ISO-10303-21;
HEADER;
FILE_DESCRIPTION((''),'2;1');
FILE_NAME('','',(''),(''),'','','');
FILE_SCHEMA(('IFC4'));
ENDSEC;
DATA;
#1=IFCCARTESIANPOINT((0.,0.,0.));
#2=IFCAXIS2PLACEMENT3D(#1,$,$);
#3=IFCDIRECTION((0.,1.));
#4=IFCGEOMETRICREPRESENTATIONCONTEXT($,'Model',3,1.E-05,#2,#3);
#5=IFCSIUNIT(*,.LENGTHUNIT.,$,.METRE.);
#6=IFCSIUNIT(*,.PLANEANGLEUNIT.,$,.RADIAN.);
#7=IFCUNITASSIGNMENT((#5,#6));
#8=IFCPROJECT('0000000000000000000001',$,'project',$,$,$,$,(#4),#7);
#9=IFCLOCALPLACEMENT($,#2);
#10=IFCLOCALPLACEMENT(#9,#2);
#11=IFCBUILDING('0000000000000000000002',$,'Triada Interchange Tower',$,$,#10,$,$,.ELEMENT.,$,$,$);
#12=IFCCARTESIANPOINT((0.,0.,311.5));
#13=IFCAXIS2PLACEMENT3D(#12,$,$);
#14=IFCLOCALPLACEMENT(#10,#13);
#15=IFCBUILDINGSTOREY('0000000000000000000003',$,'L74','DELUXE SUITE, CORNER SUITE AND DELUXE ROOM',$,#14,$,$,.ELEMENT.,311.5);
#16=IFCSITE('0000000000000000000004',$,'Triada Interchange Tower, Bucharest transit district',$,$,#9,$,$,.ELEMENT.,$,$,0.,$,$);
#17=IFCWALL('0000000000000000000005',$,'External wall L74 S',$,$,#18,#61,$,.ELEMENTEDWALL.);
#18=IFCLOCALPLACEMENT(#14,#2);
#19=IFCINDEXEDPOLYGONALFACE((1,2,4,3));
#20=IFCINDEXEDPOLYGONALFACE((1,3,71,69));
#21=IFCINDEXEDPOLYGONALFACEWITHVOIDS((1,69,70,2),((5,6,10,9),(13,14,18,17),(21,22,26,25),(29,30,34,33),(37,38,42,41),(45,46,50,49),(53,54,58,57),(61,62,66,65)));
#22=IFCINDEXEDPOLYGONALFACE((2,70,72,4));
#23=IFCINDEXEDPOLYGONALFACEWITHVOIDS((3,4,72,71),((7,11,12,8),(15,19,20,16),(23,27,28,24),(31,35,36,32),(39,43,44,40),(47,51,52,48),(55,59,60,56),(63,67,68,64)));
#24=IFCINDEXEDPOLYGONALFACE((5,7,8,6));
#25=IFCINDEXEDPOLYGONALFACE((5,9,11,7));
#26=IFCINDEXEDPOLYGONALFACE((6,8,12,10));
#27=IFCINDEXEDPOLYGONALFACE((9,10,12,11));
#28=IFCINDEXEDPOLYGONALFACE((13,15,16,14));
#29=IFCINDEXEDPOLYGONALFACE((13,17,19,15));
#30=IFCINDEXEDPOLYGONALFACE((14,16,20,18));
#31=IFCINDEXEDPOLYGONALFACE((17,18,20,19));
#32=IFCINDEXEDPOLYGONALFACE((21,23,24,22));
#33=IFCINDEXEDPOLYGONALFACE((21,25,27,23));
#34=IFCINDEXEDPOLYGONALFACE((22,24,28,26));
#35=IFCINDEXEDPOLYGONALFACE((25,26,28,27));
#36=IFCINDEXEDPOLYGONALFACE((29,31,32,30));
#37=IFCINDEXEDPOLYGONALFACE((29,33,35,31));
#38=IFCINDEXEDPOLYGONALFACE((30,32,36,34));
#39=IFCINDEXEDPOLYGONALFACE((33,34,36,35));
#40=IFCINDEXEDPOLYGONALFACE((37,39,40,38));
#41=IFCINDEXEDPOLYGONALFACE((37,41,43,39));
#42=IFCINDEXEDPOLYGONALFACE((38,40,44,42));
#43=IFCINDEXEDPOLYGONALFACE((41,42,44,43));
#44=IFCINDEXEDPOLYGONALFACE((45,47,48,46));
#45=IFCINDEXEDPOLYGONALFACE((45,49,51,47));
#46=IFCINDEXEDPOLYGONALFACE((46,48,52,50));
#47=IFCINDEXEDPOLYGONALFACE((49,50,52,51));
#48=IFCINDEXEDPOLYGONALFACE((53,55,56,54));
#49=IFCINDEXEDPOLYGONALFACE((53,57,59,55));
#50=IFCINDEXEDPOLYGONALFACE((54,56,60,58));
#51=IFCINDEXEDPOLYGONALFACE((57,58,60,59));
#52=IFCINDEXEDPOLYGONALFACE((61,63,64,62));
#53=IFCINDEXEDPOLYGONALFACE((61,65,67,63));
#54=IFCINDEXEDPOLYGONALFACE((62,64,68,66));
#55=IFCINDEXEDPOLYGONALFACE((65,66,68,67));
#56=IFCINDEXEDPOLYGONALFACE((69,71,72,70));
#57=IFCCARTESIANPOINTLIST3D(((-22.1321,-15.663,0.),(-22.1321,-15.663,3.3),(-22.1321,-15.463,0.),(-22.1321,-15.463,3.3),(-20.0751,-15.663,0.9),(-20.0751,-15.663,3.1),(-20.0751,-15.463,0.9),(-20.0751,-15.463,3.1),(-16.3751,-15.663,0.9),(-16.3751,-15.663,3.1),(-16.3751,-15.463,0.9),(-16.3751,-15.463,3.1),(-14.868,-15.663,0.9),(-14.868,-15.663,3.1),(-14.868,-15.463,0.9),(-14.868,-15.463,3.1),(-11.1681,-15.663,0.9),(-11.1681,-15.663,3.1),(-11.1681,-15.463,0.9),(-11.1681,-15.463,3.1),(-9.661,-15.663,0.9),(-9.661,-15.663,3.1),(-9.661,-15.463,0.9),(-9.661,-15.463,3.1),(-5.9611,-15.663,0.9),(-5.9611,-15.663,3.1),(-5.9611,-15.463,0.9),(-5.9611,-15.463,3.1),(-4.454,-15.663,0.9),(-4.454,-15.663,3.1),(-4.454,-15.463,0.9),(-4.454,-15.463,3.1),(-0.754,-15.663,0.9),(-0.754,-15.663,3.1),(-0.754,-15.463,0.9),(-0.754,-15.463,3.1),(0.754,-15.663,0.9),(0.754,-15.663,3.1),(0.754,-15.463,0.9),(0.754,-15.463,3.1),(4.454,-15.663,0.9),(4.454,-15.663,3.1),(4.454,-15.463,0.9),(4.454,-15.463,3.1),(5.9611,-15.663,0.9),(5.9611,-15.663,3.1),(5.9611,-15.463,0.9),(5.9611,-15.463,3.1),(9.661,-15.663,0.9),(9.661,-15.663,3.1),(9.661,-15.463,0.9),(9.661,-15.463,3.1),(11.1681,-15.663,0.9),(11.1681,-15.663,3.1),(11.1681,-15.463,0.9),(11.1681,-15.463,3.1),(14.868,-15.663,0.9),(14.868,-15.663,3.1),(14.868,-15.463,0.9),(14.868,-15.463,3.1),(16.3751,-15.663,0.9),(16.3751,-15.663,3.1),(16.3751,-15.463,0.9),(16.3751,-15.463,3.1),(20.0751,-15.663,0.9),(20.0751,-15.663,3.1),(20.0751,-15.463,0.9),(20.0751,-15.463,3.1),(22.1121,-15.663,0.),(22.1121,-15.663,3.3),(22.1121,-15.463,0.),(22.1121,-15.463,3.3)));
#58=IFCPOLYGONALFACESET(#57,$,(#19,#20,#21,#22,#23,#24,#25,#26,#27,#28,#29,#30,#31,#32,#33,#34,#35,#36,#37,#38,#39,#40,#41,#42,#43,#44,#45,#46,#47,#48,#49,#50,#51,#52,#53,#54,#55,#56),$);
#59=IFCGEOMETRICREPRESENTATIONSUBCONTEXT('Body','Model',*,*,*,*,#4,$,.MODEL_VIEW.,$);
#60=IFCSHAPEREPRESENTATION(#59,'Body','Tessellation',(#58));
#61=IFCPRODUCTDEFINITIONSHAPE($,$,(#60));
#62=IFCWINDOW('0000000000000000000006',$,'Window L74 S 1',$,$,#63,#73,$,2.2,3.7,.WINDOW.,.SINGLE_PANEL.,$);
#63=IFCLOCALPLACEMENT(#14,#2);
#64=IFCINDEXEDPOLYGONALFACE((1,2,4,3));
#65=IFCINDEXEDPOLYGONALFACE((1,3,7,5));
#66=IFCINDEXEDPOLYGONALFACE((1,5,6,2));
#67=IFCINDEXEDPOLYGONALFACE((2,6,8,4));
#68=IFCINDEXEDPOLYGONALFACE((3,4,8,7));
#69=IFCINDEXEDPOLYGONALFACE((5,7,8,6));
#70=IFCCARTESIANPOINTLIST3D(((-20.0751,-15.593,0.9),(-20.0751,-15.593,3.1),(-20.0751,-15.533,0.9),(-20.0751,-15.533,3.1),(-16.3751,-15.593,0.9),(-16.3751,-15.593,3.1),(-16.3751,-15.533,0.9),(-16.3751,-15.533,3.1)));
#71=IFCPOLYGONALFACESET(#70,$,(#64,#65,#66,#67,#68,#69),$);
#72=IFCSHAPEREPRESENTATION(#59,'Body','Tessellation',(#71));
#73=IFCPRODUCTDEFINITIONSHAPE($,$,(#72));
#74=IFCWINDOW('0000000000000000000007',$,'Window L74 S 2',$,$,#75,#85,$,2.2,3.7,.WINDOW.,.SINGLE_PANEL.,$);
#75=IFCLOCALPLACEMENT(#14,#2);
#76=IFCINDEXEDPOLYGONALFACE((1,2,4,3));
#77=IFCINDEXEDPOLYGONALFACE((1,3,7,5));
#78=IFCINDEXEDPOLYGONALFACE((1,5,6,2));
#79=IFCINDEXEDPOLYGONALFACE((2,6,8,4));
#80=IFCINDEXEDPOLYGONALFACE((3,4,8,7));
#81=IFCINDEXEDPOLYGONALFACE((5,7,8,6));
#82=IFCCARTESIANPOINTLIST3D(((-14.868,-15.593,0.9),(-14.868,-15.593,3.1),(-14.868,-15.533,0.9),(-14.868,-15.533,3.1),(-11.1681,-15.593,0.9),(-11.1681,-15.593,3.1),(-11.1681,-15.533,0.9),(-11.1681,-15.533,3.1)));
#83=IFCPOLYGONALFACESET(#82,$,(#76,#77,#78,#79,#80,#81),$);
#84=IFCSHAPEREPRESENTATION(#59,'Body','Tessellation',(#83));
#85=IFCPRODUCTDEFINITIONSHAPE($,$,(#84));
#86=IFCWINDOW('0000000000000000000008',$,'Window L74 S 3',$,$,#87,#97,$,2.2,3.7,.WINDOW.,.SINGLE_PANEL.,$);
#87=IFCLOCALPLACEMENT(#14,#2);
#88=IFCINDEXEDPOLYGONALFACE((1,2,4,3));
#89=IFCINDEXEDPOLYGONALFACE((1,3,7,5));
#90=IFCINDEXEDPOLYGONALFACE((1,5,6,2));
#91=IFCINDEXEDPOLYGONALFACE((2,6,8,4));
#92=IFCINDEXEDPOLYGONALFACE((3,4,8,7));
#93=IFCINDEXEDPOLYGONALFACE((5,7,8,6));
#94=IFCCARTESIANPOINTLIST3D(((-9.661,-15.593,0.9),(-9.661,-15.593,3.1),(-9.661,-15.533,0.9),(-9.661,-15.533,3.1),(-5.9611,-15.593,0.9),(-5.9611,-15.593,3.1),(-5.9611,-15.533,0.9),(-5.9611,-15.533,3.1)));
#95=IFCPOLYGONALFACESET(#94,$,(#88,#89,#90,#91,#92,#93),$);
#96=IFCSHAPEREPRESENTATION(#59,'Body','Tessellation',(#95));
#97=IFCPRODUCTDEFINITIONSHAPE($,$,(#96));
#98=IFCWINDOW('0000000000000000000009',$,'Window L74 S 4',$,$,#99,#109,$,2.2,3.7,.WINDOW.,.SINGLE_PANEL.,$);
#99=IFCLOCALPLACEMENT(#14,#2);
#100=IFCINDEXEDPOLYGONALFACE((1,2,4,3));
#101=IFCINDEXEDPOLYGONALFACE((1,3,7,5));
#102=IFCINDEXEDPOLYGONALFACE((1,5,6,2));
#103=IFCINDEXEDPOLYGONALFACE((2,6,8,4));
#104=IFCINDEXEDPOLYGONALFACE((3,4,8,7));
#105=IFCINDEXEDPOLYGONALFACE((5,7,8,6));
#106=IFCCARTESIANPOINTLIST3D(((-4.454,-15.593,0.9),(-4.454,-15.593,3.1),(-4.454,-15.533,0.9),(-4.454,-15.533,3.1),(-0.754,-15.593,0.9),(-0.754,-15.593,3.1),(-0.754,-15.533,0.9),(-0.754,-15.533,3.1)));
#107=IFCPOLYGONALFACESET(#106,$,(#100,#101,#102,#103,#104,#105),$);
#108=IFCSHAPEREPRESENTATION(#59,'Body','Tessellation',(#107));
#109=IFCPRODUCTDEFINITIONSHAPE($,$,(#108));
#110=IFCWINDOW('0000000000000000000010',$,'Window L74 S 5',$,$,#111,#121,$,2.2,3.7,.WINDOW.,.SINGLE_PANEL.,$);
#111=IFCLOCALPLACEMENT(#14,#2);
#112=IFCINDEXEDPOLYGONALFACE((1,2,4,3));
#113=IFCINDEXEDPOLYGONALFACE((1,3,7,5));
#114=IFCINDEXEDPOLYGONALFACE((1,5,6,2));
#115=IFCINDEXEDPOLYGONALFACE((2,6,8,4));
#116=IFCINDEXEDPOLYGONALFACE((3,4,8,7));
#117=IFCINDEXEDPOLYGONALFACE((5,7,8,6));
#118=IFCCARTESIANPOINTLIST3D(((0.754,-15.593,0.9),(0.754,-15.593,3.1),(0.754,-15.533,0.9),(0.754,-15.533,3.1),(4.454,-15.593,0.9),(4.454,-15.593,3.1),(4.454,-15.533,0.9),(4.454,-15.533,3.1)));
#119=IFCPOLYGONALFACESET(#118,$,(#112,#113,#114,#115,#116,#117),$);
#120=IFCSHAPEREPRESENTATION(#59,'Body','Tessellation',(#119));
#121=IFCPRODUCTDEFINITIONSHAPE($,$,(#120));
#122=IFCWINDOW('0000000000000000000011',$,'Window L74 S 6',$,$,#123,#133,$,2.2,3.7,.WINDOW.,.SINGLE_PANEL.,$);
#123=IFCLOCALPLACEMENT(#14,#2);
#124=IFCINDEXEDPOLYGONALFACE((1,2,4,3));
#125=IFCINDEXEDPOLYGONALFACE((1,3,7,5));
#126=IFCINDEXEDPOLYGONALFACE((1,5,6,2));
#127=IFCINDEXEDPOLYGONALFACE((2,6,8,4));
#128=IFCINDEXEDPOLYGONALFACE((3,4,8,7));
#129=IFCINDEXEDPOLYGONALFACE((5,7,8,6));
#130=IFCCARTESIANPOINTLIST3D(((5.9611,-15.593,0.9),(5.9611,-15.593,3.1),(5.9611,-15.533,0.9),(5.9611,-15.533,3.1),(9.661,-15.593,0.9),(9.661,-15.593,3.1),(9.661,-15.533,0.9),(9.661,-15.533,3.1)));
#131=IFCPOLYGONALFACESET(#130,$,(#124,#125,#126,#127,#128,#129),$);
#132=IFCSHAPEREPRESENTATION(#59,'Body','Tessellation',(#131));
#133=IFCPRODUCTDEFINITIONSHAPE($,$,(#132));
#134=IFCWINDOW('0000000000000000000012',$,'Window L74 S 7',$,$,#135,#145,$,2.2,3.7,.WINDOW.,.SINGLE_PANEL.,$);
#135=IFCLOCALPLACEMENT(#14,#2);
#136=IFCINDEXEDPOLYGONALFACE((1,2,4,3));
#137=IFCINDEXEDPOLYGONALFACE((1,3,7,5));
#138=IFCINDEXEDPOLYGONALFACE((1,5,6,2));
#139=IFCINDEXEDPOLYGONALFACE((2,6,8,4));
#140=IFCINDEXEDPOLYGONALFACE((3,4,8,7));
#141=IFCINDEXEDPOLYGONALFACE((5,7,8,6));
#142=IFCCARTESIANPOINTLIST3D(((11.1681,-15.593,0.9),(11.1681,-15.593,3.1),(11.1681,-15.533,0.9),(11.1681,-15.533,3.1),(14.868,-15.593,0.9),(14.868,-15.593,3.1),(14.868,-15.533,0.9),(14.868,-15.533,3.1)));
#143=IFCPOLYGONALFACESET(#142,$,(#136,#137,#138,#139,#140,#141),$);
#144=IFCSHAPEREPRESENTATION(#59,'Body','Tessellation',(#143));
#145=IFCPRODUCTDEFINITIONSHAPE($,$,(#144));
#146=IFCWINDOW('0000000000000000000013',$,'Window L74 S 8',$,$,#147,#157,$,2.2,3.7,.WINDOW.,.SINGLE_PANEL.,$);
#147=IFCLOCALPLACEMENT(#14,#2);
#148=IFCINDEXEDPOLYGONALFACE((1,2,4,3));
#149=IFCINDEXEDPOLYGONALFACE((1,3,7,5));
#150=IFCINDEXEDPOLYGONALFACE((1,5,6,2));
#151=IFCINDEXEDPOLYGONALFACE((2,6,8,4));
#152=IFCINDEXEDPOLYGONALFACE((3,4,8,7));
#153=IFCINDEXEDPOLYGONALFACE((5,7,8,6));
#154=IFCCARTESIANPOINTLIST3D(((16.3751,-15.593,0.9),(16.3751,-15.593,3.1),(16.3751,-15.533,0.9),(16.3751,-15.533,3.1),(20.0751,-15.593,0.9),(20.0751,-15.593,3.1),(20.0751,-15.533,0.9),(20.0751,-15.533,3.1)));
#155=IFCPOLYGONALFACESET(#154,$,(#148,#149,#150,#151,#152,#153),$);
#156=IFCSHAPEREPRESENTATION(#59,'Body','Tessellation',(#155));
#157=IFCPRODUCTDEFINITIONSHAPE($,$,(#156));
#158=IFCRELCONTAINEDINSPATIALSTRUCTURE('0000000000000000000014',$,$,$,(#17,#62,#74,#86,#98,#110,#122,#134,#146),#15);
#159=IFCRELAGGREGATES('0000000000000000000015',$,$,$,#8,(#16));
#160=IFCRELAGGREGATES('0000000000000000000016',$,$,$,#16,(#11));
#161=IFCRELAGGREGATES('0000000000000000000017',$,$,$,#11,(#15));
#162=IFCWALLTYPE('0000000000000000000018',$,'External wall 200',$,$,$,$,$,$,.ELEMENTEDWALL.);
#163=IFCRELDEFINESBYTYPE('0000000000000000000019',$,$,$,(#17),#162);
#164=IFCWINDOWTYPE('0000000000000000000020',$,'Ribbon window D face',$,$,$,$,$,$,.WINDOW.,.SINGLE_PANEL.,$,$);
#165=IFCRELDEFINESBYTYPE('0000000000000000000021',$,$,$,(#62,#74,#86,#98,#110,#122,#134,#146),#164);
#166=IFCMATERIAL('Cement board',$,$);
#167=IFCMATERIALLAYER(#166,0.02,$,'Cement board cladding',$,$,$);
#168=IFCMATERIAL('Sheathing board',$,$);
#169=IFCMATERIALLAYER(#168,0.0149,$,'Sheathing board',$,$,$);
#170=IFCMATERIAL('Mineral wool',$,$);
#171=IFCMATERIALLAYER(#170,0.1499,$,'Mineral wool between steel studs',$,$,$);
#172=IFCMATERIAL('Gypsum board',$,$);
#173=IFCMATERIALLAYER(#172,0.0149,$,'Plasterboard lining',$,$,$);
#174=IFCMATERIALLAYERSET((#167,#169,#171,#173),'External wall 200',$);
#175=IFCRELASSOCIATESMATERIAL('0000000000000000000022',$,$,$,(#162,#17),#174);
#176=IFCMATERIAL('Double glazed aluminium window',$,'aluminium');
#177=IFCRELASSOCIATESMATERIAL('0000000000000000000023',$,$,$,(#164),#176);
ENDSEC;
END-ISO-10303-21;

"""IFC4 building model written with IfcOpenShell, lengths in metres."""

from ifc_helpers import new_model, si_unit, direction, frame, frame_2d, origin, place, context, subcontext, project, spatial, rectangle, extrude, material, layer, layer_set, layer_usage, type_object, element, fill, save


model = new_model("IFC4")

# Units and contexts
model_context = context("Model", 3, precision=1e-05, world=origin(), true_north=direction((0.0, 1.0)))
body_context = subcontext(model_context, "Body", "Model", "MODEL_VIEW")
ifc_project = project(units=[si_unit("LENGTHUNIT", "METRE"), si_unit("PLANEANGLEUNIT", "RADIAN")], contexts=[model_context])

# Site, building, storey
site_placement = place(None, origin())
site = spatial("IfcSite", under=ifc_project, at=site_placement, Name="Triada Interchange Tower, Bucharest transit district", CompositionType="ELEMENT", RefElevation=0.0)
building_placement = place(site_placement, origin())
building = spatial("IfcBuilding", under=site, at=building_placement, Name="Triada Interchange Tower", CompositionType="ELEMENT")
storey_placement = place(building_placement, frame((0.0, 0.0, 311.5)))
storey = spatial("IfcBuildingStorey", under=building, at=storey_placement, Name="L74", Description="DELUXE SUITE, CORNER SUITE AND DELUXE ROOM", CompositionType="ELEMENT", Elevation=311.5)

# Shared definitions
ifc_material_1 = material(Name="Cement board")
ifc_layer_1 = layer(ifc_material_1, 0.02, Name="Cement board cladding")
ifc_material_2 = material(Name="Sheathing board")
ifc_layer_2 = layer(ifc_material_2, 0.0149, Name="Sheathing board")
ifc_material_3 = material(Name="Mineral wool")
ifc_layer_3 = layer(ifc_material_3, 0.1499, Name="Mineral wool between steel studs")
ifc_material_4 = material(Name="Gypsum board")
ifc_layer_4 = layer(ifc_material_4, 0.0149, Name="Plasterboard lining")
ifc_layer_set_1 = layer_set([ifc_layer_1, ifc_layer_2, ifc_layer_3, ifc_layer_4], Name="External wall 200")
ifc_layer_usage = layer_usage(ifc_layer_set_1, "AXIS2", "POSITIVE", -0.1001)
wall_type_1 = type_object("IfcWallType", Name="External wall 200", PredefinedType="ELEMENTEDWALL", material=ifc_layer_set_1)
ifc_material_5 = material(Name="Double glazed aluminium window", Category="aluminium")

# Wall, openings, windows
wall_1_placement = place(storey_placement, frame((-22.1321, -15.563, 0.0), z_axis=(0.0, 0.0, 1.0), x_axis=(1.0, 0.0, 0.0)))
wall_1 = element("IfcWall", 1, at=wall_1_placement, inside=storey, type_object=wall_type_1, material=ifc_layer_usage, Name="External wall L74 S", PredefinedType="ELEMENTEDWALL", context=body_context, shape_type="SweptSolid", body=[
    extrude(rectangle(XDim=44.2441, YDim=0.2, at=frame_2d((22.1221, 0.0))), origin(), (0.0, 0.0, 1.0), 3.3),
])
opening_1_placement = place(wall_1_placement, frame((2.0569, 0.0, 0.8999)))
opening_1 = element("IfcOpeningElement", 2, at=opening_1_placement, cuts=wall_1, PredefinedType="OPENING", context=body_context, shape_type="SweptSolid", body=[
    extrude(rectangle(XDim=3.7, YDim=2.2, at=frame_2d((1.8501, 1.1001))), frame((0.0, 0.1099, 0.0), z_axis=(0.0, -1.0, 0.0), x_axis=(1.0, 0.0, 0.0)), (0.0, 0.0, 1.0), 0.22),
])
opening_2_placement = place(wall_1_placement, frame((7.2639, 0.0, 0.8999)))
opening_2 = element("IfcOpeningElement", 3, at=opening_2_placement, cuts=wall_1, PredefinedType="OPENING", context=body_context, shape_type="SweptSolid", body=[
    extrude(rectangle(XDim=3.7, YDim=2.2, at=frame_2d((1.8501, 1.1001))), frame((0.0, 0.1099, 0.0), z_axis=(0.0, -1.0, 0.0), x_axis=(1.0, 0.0, 0.0)), (0.0, 0.0, 1.0), 0.22),
])
opening_3_placement = place(wall_1_placement, frame((12.4709, 0.0, 0.8999)))
opening_3 = element("IfcOpeningElement", 4, at=opening_3_placement, cuts=wall_1, PredefinedType="OPENING", context=body_context, shape_type="SweptSolid", body=[
    extrude(rectangle(XDim=3.7, YDim=2.2, at=frame_2d((1.8501, 1.1001))), frame((0.0, 0.1099, 0.0), z_axis=(0.0, -1.0, 0.0), x_axis=(1.0, 0.0, 0.0)), (0.0, 0.0, 1.0), 0.22),
])
opening_4_placement = place(wall_1_placement, frame((17.678, 0.0, 0.8999)))
opening_4 = element("IfcOpeningElement", 5, at=opening_4_placement, cuts=wall_1, PredefinedType="OPENING", context=body_context, shape_type="SweptSolid", body=[
    extrude(rectangle(XDim=3.7, YDim=2.2, at=frame_2d((1.8501, 1.1001))), frame((0.0, 0.1099, 0.0), z_axis=(0.0, -1.0, 0.0), x_axis=(1.0, 0.0, 0.0)), (0.0, 0.0, 1.0), 0.22),
])
opening_5_placement = place(wall_1_placement, frame((22.886, 0.0, 0.8999)))
opening_5 = element("IfcOpeningElement", 6, at=opening_5_placement, cuts=wall_1, PredefinedType="OPENING", context=body_context, shape_type="SweptSolid", body=[
    extrude(rectangle(XDim=3.7, YDim=2.2, at=frame_2d((1.8501, 1.1001))), frame((0.0, 0.1099, 0.0), z_axis=(0.0, -1.0, 0.0), x_axis=(1.0, 0.0, 0.0)), (0.0, 0.0, 1.0), 0.22),
])
opening_6_placement = place(wall_1_placement, frame((28.093, 0.0, 0.8999)))
opening_6 = element("IfcOpeningElement", 7, at=opening_6_placement, cuts=wall_1, PredefinedType="OPENING", context=body_context, shape_type="SweptSolid", body=[
    extrude(rectangle(XDim=3.7, YDim=2.2, at=frame_2d((1.8501, 1.1001))), frame((0.0, 0.1099, 0.0), z_axis=(0.0, -1.0, 0.0), x_axis=(1.0, 0.0, 0.0)), (0.0, 0.0, 1.0), 0.22),
])
opening_7_placement = place(wall_1_placement, frame((33.3, 0.0, 0.8999)))
opening_7 = element("IfcOpeningElement", 8, at=opening_7_placement, cuts=wall_1, PredefinedType="OPENING", context=body_context, shape_type="SweptSolid", body=[
    extrude(rectangle(XDim=3.7, YDim=2.2, at=frame_2d((1.8501, 1.1001))), frame((0.0, 0.1099, 0.0), z_axis=(0.0, -1.0, 0.0), x_axis=(1.0, 0.0, 0.0)), (0.0, 0.0, 1.0), 0.22),
])
opening_8_placement = place(wall_1_placement, frame((38.5071, 0.0, 0.8999)))
opening_8 = element("IfcOpeningElement", 9, at=opening_8_placement, cuts=wall_1, PredefinedType="OPENING", context=body_context, shape_type="SweptSolid", body=[
    extrude(rectangle(XDim=3.7, YDim=2.2, at=frame_2d((1.8501, 1.1001))), frame((0.0, 0.1099, 0.0), z_axis=(0.0, -1.0, 0.0), x_axis=(1.0, 0.0, 0.0)), (0.0, 0.0, 1.0), 0.22),
])
window_type_1 = type_object("IfcWindowType", Name="Ribbon window D face", PartitioningType="SINGLE_PANEL", PredefinedType="WINDOW", material=ifc_material_5)
window_1_placement = place(opening_1_placement, origin())
window_1 = element("IfcWindow", 10, at=window_1_placement, inside=storey, type_object=window_type_1, Name="Window L74 S 1", OverallHeight=2.2, OverallWidth=3.7, PartitioningType="SINGLE_PANEL", PredefinedType="WINDOW", context=body_context, shape_type="SweptSolid", body=[
    extrude(rectangle(XDim=3.7, YDim=2.2, at=frame_2d((1.8501, 1.1001))), frame((0.0, 0.03, 0.0), z_axis=(0.0, -1.0, 0.0), x_axis=(1.0, 0.0, 0.0)), (0.0, 0.0, 1.0), 0.0601),
])
fill(opening_1, window_1)
window_2_placement = place(opening_2_placement, origin())
window_2 = element("IfcWindow", 11, at=window_2_placement, inside=storey, type_object=window_type_1, Name="Window L74 S 2", OverallHeight=2.2, OverallWidth=3.7, PartitioningType="SINGLE_PANEL", PredefinedType="WINDOW", context=body_context, shape_type="SweptSolid", body=[
    extrude(rectangle(XDim=3.7, YDim=2.2, at=frame_2d((1.8501, 1.1001))), frame((0.0, 0.03, 0.0), z_axis=(0.0, -1.0, 0.0), x_axis=(1.0, 0.0, 0.0)), (0.0, 0.0, 1.0), 0.0601),
])
fill(opening_2, window_2)
window_3_placement = place(opening_3_placement, origin())
window_3 = element("IfcWindow", 12, at=window_3_placement, inside=storey, type_object=window_type_1, Name="Window L74 S 3", OverallHeight=2.2, OverallWidth=3.7, PartitioningType="SINGLE_PANEL", PredefinedType="WINDOW", context=body_context, shape_type="SweptSolid", body=[
    extrude(rectangle(XDim=3.7, YDim=2.2, at=frame_2d((1.8501, 1.1001))), frame((0.0, 0.03, 0.0), z_axis=(0.0, -1.0, 0.0), x_axis=(1.0, 0.0, 0.0)), (0.0, 0.0, 1.0), 0.0601),
])
fill(opening_3, window_3)
window_4_placement = place(opening_4_placement, origin())
window_4 = element("IfcWindow", 13, at=window_4_placement, inside=storey, type_object=window_type_1, Name="Window L74 S 4", OverallHeight=2.2, OverallWidth=3.7, PartitioningType="SINGLE_PANEL", PredefinedType="WINDOW", context=body_context, shape_type="SweptSolid", body=[
    extrude(rectangle(XDim=3.7, YDim=2.2, at=frame_2d((1.8501, 1.1001))), frame((0.0, 0.03, 0.0), z_axis=(0.0, -1.0, 0.0), x_axis=(1.0, 0.0, 0.0)), (0.0, 0.0, 1.0), 0.0601),
])
fill(opening_4, window_4)
window_5_placement = place(opening_5_placement, origin())
window_5 = element("IfcWindow", 14, at=window_5_placement, inside=storey, type_object=window_type_1, Name="Window L74 S 5", OverallHeight=2.2, OverallWidth=3.7, PartitioningType="SINGLE_PANEL", PredefinedType="WINDOW", context=body_context, shape_type="SweptSolid", body=[
    extrude(rectangle(XDim=3.7, YDim=2.2, at=frame_2d((1.8501, 1.1001))), frame((0.0, 0.03, 0.0), z_axis=(0.0, -1.0, 0.0), x_axis=(1.0, 0.0, 0.0)), (0.0, 0.0, 1.0), 0.0601),
])
fill(opening_5, window_5)
window_6_placement = place(opening_6_placement, origin())
window_6 = element("IfcWindow", 15, at=window_6_placement, inside=storey, type_object=window_type_1, Name="Window L74 S 6", OverallHeight=2.2, OverallWidth=3.7, PartitioningType="SINGLE_PANEL", PredefinedType="WINDOW", context=body_context, shape_type="SweptSolid", body=[
    extrude(rectangle(XDim=3.7, YDim=2.2, at=frame_2d((1.8501, 1.1001))), frame((0.0, 0.03, 0.0), z_axis=(0.0, -1.0, 0.0), x_axis=(1.0, 0.0, 0.0)), (0.0, 0.0, 1.0), 0.0601),
])
fill(opening_6, window_6)
window_7_placement = place(opening_7_placement, origin())
window_7 = element("IfcWindow", 16, at=window_7_placement, inside=storey, type_object=window_type_1, Name="Window L74 S 7", OverallHeight=2.2, OverallWidth=3.7, PartitioningType="SINGLE_PANEL", PredefinedType="WINDOW", context=body_context, shape_type="SweptSolid", body=[
    extrude(rectangle(XDim=3.7, YDim=2.2, at=frame_2d((1.8501, 1.1001))), frame((0.0, 0.03, 0.0), z_axis=(0.0, -1.0, 0.0), x_axis=(1.0, 0.0, 0.0)), (0.0, 0.0, 1.0), 0.0601),
])
fill(opening_7, window_7)
window_8_placement = place(opening_8_placement, origin())
window_8 = element("IfcWindow", 17, at=window_8_placement, inside=storey, type_object=window_type_1, Name="Window L74 S 8", OverallHeight=2.2, OverallWidth=3.7, PartitioningType="SINGLE_PANEL", PredefinedType="WINDOW", context=body_context, shape_type="SweptSolid", body=[
    extrude(rectangle(XDim=3.7, YDim=2.2, at=frame_2d((1.8501, 1.1001))), frame((0.0, 0.03, 0.0), z_axis=(0.0, -1.0, 0.0), x_axis=(1.0, 0.0, 0.0)), (0.0, 0.0, 1.0), 0.0601),
])
fill(opening_8, window_8)

save(model, "model.ifc")
